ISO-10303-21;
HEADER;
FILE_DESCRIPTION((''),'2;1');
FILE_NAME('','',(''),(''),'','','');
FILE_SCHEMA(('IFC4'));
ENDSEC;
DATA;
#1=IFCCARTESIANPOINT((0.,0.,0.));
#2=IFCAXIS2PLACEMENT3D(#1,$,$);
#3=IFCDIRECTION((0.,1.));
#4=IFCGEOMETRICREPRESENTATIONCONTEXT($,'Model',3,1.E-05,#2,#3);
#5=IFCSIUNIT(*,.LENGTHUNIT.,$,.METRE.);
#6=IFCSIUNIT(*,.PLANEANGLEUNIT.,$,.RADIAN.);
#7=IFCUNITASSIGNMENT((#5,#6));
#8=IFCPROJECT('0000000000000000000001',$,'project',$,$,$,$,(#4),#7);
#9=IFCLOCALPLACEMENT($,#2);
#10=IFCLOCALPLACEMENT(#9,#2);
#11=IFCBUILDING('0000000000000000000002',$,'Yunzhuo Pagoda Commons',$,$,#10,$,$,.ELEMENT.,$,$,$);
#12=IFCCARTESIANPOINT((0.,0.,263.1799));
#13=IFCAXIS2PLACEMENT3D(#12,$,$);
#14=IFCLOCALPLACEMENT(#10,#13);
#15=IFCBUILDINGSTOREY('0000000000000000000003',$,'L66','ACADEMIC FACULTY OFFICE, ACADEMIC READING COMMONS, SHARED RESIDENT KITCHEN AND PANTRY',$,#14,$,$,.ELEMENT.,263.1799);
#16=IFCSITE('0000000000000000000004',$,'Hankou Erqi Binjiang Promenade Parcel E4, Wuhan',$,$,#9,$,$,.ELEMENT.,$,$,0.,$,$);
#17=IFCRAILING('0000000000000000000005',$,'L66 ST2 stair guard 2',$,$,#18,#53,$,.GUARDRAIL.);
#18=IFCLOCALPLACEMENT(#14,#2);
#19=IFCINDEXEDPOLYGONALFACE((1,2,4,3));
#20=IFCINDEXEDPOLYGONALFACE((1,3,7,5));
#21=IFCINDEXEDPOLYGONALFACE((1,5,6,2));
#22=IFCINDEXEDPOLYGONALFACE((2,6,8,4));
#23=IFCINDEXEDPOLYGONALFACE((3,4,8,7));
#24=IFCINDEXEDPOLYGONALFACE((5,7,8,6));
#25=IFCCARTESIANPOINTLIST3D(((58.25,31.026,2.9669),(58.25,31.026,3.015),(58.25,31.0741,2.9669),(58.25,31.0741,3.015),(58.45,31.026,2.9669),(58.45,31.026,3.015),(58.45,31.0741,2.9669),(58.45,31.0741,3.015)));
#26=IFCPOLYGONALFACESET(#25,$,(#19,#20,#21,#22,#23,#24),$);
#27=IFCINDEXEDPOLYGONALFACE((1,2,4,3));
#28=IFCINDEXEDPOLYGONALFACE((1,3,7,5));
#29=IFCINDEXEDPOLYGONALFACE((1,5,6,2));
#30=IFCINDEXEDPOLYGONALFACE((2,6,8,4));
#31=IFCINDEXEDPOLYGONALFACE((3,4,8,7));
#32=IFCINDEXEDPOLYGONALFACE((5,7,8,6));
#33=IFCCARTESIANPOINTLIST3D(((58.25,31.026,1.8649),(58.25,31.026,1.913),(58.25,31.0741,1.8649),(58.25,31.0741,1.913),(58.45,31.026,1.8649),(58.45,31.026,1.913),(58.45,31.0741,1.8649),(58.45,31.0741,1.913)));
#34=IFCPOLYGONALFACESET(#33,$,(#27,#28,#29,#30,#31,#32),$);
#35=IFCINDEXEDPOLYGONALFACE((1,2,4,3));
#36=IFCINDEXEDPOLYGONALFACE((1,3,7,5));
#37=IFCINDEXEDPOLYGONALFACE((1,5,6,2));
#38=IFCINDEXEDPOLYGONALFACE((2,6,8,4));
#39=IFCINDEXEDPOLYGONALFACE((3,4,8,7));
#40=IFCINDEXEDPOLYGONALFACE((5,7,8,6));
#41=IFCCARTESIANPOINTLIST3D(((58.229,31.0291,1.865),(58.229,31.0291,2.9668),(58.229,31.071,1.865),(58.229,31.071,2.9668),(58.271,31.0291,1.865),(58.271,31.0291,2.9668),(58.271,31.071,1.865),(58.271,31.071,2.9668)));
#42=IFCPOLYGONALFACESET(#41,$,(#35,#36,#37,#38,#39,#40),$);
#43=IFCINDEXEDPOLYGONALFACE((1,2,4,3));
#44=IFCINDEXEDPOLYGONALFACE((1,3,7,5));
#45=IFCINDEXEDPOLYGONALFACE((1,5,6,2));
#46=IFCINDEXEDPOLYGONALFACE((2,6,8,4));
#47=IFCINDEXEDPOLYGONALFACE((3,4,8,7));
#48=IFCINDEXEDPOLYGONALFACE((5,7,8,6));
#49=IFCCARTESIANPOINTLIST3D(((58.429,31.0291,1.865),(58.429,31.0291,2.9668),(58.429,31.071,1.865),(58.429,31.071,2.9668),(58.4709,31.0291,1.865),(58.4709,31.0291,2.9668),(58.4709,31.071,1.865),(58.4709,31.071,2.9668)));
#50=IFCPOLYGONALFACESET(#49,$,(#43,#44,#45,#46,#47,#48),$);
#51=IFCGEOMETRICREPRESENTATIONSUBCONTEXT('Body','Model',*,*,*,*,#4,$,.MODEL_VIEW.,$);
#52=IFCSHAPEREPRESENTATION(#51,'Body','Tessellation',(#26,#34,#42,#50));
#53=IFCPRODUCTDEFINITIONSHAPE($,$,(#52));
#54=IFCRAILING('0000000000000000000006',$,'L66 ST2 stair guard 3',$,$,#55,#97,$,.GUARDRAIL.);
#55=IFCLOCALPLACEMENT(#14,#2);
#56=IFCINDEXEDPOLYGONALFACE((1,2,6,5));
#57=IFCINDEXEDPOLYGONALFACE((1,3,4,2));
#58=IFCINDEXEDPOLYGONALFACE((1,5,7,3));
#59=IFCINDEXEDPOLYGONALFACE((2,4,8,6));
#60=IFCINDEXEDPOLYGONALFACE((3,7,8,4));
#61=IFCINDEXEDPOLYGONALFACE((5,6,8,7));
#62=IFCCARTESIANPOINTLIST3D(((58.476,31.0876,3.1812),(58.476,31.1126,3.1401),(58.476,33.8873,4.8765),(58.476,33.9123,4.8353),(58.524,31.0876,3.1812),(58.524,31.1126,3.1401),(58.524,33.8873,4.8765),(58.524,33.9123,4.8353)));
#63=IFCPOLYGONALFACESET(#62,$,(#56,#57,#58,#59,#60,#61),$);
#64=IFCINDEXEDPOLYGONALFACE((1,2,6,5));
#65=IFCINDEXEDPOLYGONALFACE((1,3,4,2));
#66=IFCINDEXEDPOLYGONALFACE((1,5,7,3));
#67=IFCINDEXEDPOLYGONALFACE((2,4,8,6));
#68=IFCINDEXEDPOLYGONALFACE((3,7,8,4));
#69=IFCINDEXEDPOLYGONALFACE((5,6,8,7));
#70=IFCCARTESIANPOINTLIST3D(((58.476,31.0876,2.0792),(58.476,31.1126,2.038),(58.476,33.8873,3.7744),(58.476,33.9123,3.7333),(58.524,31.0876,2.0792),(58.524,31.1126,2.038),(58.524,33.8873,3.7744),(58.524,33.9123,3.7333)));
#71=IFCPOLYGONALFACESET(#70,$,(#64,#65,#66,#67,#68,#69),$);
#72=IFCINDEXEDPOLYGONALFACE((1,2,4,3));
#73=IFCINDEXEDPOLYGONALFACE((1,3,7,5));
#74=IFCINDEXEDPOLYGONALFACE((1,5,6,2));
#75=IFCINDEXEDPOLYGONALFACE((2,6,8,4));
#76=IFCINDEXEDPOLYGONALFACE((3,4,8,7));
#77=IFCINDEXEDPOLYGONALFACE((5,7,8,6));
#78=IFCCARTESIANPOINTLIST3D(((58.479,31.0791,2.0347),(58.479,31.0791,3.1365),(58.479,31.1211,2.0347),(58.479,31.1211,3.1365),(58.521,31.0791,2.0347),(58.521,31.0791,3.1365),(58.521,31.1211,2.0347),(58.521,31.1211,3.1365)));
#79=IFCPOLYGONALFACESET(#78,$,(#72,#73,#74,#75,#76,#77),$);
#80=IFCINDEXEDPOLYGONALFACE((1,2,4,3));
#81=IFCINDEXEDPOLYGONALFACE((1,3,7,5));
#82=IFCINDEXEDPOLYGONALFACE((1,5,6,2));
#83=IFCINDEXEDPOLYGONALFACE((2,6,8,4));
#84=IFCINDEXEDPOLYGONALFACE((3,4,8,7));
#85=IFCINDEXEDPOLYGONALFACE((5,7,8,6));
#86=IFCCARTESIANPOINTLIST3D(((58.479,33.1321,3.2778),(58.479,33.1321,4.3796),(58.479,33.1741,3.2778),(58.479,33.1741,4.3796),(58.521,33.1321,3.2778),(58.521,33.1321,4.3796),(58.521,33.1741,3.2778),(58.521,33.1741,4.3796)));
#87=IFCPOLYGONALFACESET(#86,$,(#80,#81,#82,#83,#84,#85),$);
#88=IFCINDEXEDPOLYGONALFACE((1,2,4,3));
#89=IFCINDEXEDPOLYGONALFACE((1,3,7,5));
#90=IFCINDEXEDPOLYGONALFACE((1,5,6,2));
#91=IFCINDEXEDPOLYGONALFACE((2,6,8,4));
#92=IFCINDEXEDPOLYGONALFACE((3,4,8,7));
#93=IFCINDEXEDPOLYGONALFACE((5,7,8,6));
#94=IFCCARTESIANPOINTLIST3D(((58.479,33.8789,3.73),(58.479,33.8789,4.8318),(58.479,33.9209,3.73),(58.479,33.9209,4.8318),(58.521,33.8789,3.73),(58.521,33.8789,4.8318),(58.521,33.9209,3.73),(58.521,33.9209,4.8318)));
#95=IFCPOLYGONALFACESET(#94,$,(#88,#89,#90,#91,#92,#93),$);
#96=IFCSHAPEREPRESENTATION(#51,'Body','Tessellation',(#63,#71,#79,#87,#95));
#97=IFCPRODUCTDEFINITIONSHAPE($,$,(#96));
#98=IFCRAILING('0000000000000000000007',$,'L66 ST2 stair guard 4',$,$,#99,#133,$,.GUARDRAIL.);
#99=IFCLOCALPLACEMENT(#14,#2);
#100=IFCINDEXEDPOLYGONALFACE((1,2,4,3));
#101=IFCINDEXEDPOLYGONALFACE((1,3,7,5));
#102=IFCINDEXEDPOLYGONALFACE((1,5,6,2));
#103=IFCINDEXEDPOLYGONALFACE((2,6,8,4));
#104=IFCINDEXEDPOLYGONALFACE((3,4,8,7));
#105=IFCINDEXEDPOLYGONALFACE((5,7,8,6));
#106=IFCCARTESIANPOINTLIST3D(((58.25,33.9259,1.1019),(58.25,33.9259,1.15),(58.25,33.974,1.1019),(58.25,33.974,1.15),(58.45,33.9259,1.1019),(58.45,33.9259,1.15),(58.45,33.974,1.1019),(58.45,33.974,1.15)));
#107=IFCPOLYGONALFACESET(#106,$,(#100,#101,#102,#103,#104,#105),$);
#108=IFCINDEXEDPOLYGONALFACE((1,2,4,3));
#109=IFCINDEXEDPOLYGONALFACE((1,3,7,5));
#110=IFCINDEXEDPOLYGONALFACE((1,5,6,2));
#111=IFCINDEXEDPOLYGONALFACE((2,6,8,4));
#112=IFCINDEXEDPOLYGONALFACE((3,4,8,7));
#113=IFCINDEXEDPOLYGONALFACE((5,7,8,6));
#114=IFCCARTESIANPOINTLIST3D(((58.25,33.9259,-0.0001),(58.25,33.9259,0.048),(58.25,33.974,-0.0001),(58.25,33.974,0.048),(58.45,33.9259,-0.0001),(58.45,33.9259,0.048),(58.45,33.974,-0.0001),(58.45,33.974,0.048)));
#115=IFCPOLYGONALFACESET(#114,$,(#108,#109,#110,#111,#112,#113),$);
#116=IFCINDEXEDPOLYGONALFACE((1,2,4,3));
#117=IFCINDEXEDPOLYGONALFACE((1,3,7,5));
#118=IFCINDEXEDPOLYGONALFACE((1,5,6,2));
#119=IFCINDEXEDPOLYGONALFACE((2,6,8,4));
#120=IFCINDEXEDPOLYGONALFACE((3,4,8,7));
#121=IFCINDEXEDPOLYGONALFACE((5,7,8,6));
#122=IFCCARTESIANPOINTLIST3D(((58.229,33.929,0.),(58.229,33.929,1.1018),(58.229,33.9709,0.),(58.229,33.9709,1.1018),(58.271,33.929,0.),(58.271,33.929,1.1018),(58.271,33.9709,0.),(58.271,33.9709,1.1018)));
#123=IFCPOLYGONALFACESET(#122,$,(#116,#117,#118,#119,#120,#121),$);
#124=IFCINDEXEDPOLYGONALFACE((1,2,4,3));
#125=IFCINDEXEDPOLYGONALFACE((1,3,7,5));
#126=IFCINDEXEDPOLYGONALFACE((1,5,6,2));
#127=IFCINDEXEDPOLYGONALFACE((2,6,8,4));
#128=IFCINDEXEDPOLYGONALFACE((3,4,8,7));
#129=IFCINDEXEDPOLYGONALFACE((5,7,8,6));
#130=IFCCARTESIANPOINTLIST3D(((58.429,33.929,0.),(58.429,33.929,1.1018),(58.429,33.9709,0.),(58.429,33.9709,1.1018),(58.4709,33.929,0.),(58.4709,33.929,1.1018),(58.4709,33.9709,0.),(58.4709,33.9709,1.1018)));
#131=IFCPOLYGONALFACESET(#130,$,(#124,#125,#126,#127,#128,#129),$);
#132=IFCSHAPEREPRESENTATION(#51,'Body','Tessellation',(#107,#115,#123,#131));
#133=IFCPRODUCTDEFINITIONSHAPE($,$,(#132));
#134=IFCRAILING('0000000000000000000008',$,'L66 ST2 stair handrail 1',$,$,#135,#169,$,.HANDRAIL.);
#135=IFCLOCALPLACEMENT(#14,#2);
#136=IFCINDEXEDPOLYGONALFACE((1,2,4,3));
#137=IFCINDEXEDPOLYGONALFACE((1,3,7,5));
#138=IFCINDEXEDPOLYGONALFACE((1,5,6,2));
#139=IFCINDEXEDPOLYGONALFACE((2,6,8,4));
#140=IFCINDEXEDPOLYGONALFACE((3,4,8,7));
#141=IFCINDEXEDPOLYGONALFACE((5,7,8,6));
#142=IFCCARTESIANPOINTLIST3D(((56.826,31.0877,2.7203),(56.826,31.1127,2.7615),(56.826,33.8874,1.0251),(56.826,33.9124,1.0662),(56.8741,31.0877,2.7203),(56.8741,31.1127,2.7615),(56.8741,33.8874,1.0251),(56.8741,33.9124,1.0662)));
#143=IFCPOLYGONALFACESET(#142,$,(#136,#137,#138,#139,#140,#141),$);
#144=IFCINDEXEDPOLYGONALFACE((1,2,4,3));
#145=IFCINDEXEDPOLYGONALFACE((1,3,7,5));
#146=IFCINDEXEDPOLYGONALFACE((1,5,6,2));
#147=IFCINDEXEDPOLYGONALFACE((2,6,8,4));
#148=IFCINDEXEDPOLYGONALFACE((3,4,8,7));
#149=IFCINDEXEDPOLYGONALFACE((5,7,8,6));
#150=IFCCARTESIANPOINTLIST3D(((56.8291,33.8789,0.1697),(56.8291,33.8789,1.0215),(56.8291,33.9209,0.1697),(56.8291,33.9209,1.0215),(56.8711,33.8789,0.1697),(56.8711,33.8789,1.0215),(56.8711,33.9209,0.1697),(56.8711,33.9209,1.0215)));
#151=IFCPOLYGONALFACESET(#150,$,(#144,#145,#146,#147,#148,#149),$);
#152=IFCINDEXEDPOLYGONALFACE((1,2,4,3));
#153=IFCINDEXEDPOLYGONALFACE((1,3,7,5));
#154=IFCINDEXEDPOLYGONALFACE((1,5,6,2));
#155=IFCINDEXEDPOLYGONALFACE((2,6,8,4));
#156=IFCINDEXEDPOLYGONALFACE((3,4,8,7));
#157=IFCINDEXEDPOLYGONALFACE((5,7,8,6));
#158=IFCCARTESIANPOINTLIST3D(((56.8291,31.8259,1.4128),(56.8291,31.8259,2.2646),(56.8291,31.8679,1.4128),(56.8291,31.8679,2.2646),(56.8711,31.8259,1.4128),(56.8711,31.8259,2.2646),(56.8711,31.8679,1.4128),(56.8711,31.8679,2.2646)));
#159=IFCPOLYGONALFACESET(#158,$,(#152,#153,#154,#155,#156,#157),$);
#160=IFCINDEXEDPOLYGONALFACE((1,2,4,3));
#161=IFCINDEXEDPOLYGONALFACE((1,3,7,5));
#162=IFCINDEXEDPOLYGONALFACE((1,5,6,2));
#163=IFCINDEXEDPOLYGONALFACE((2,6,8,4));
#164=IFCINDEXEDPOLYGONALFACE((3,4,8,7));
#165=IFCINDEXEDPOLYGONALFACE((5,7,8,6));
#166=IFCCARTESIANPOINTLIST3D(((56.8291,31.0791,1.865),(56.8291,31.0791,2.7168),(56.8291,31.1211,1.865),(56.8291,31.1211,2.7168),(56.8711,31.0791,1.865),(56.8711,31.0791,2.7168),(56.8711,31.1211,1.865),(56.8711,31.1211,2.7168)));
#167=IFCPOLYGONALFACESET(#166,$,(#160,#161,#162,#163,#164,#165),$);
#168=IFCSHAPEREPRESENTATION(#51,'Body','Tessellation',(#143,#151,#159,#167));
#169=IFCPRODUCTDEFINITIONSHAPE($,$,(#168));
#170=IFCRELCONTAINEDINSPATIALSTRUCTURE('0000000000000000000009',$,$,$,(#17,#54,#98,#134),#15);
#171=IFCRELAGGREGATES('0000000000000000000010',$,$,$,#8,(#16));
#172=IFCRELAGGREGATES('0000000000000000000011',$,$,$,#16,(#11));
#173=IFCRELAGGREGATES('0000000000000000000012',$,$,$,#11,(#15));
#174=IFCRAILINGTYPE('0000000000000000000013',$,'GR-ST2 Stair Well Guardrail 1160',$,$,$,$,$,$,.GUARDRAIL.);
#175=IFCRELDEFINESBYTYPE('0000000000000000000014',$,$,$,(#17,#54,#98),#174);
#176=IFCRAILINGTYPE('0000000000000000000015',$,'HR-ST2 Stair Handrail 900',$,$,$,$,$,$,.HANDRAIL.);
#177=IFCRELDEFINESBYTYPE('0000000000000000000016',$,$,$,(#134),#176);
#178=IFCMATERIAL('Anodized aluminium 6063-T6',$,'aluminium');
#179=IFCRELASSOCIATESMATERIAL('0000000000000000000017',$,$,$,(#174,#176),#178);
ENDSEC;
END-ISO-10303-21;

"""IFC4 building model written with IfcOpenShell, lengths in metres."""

from ifc_helpers import new_model, si_unit, direction, frame, origin, origin_2d, place, context, subcontext, project, spatial, rectangle, extrude, material, type_object, element, save


model = new_model("IFC4")

# Units and contexts
model_context = context("Model", 3, precision=1e-05, world=origin(), true_north=direction((0.0, 1.0)))
body_context = subcontext(model_context, "Body", "Model", "MODEL_VIEW")
ifc_project = project(units=[si_unit("LENGTHUNIT", "METRE"), si_unit("PLANEANGLEUNIT", "RADIAN")], contexts=[model_context])

# Site, building, storey
site_placement = place(None, origin())
site = spatial("IfcSite", under=ifc_project, at=site_placement, Name="Hankou Erqi Binjiang Promenade Parcel E4, Wuhan", CompositionType="ELEMENT", RefElevation=0.0)
building_placement = place(site_placement, origin())
building = spatial("IfcBuilding", under=site, at=building_placement, Name="Yunzhuo Pagoda Commons", CompositionType="ELEMENT")
storey_placement = place(building_placement, frame((0.0, 0.0, 263.1799)))
storey = spatial("IfcBuildingStorey", under=building, at=storey_placement, Name="L66", Description="ACADEMIC FACULTY OFFICE, ACADEMIC READING COMMONS, SHARED RESIDENT KITCHEN AND PANTRY", CompositionType="ELEMENT", Elevation=263.1799)

# Railings
ifc_material_1 = material(Name="Anodized aluminium 6063-T6", Category="aluminium")
railing_type_1 = type_object("IfcRailingType", Name="GR-ST2 Stair Well Guardrail 1160", PredefinedType="GUARDRAIL", material=ifc_material_1)
railing_1_placement = place(storey_placement, frame((58.25, 31.05, 1.865)))
element("IfcRailing", 1, at=railing_1_placement, inside=storey, type_object=railing_type_1, Name="L66 ST2 stair guard 2", PredefinedType="GUARDRAIL", context=body_context, shape_type="SweptSolid", body=[
    extrude(rectangle(XDim=0.0481, YDim=0.0481, at=origin_2d()), frame((0.0, 0.0, 1.126), z_axis=(1.0, 0.0, 0.0), x_axis=(0.0, 1.0, 0.0)), (0.0, 0.0, 1.0), 0.2),
    extrude(rectangle(XDim=0.0481, YDim=0.0481, at=origin_2d()), frame((0.0, 0.0, 0.0239), z_axis=(1.0, 0.0, 0.0), x_axis=(0.0, 1.0, 0.0)), (0.0, 0.0, 1.0), 0.2),
    extrude(rectangle(XDim=0.042, YDim=0.042, at=origin_2d()), origin(), (0.0, 0.0, 1.0), 1.1018),
    extrude(rectangle(XDim=0.042, YDim=0.042, at=origin_2d()), frame((0.2, 0.0, 0.0)), (0.0, 0.0, 1.0), 1.1018),
])
railing_2_placement = place(storey_placement, frame((58.5, 31.1001, 2.0347)))
element("IfcRailing", 2, at=railing_2_placement, inside=storey, type_object=railing_type_1, Name="L66 ST2 stair guard 3", PredefinedType="GUARDRAIL", context=body_context, shape_type="SweptSolid", body=[
    extrude(rectangle(XDim=0.0481, YDim=0.0481, at=origin_2d()), frame((0.0, 0.0, 1.126), z_axis=(0.0, 0.855406, 0.517958), x_axis=(-1.0, 0.0, 0.0)), (0.0, 0.0, 1.0), 3.2729),
    extrude(rectangle(XDim=0.0481, YDim=0.0481, at=origin_2d()), frame((0.0, 0.0, 0.0239), z_axis=(0.0, 0.855406, 0.517958), x_axis=(-1.0, 0.0, 0.0)), (0.0, 0.0, 1.0), 3.2729),
    extrude(rectangle(XDim=0.042, YDim=0.042, at=origin_2d()), origin(), (0.0, 0.0, 1.0), 1.1018),
    extrude(rectangle(XDim=0.042, YDim=0.042, at=origin_2d()), frame((0.0, 2.053, 1.2432)), (0.0, 0.0, 1.0), 1.1018),
    extrude(rectangle(XDim=0.042, YDim=0.042, at=origin_2d()), frame((0.0, 2.7998, 1.6953)), (0.0, 0.0, 1.0), 1.1018),
])
railing_3_placement = place(storey_placement, frame((58.25, 33.95, 0.0)))
element("IfcRailing", 3, at=railing_3_placement, inside=storey, type_object=railing_type_1, Name="L66 ST2 stair guard 4", PredefinedType="GUARDRAIL", context=body_context, shape_type="SweptSolid", body=[
    extrude(rectangle(XDim=0.0481, YDim=0.0481, at=origin_2d()), frame((0.0, 0.0, 1.126), z_axis=(1.0, 0.0, 0.0), x_axis=(0.0, 1.0, 0.0)), (0.0, 0.0, 1.0), 0.2),
    extrude(rectangle(XDim=0.0481, YDim=0.0481, at=origin_2d()), frame((0.0, 0.0, 0.0239), z_axis=(1.0, 0.0, 0.0), x_axis=(0.0, 1.0, 0.0)), (0.0, 0.0, 1.0), 0.2),
    extrude(rectangle(XDim=0.042, YDim=0.042, at=origin_2d()), origin(), (0.0, 0.0, 1.0), 1.1018),
    extrude(rectangle(XDim=0.042, YDim=0.042, at=origin_2d()), frame((0.2, 0.0, 0.0)), (0.0, 0.0, 1.0), 1.1018),
])
railing_type_2 = type_object("IfcRailingType", Name="HR-ST2 Stair Handrail 900", PredefinedType="HANDRAIL", material=ifc_material_1)
railing_4_placement = place(storey_placement, frame((56.8501, 33.8999, 0.1697)))
element("IfcRailing", 4, at=railing_4_placement, inside=storey, type_object=railing_type_2, Name="L66 ST2 stair handrail 1", PredefinedType="HANDRAIL", context=body_context, shape_type="SweptSolid", body=[
    extrude(rectangle(XDim=0.0481, YDim=0.0481, at=origin_2d()), frame((0.0, 0.0, 0.876), z_axis=(0.0, -0.855406, 0.517958), x_axis=(1.0, 0.0, 0.0)), (0.0, 0.0, 1.0), 3.2729),
    extrude(rectangle(XDim=0.042, YDim=0.042, at=origin_2d()), origin(), (0.0, 0.0, 1.0), 0.8518),
    extrude(rectangle(XDim=0.042, YDim=0.042, at=origin_2d()), frame((0.0, -2.053, 1.2432)), (0.0, 0.0, 1.0), 0.8518),
    extrude(rectangle(XDim=0.042, YDim=0.042, at=origin_2d()), frame((0.0, -2.7998, 1.6953)), (0.0, 0.0, 1.0), 0.8518),
])

save(model, "model.ifc")
